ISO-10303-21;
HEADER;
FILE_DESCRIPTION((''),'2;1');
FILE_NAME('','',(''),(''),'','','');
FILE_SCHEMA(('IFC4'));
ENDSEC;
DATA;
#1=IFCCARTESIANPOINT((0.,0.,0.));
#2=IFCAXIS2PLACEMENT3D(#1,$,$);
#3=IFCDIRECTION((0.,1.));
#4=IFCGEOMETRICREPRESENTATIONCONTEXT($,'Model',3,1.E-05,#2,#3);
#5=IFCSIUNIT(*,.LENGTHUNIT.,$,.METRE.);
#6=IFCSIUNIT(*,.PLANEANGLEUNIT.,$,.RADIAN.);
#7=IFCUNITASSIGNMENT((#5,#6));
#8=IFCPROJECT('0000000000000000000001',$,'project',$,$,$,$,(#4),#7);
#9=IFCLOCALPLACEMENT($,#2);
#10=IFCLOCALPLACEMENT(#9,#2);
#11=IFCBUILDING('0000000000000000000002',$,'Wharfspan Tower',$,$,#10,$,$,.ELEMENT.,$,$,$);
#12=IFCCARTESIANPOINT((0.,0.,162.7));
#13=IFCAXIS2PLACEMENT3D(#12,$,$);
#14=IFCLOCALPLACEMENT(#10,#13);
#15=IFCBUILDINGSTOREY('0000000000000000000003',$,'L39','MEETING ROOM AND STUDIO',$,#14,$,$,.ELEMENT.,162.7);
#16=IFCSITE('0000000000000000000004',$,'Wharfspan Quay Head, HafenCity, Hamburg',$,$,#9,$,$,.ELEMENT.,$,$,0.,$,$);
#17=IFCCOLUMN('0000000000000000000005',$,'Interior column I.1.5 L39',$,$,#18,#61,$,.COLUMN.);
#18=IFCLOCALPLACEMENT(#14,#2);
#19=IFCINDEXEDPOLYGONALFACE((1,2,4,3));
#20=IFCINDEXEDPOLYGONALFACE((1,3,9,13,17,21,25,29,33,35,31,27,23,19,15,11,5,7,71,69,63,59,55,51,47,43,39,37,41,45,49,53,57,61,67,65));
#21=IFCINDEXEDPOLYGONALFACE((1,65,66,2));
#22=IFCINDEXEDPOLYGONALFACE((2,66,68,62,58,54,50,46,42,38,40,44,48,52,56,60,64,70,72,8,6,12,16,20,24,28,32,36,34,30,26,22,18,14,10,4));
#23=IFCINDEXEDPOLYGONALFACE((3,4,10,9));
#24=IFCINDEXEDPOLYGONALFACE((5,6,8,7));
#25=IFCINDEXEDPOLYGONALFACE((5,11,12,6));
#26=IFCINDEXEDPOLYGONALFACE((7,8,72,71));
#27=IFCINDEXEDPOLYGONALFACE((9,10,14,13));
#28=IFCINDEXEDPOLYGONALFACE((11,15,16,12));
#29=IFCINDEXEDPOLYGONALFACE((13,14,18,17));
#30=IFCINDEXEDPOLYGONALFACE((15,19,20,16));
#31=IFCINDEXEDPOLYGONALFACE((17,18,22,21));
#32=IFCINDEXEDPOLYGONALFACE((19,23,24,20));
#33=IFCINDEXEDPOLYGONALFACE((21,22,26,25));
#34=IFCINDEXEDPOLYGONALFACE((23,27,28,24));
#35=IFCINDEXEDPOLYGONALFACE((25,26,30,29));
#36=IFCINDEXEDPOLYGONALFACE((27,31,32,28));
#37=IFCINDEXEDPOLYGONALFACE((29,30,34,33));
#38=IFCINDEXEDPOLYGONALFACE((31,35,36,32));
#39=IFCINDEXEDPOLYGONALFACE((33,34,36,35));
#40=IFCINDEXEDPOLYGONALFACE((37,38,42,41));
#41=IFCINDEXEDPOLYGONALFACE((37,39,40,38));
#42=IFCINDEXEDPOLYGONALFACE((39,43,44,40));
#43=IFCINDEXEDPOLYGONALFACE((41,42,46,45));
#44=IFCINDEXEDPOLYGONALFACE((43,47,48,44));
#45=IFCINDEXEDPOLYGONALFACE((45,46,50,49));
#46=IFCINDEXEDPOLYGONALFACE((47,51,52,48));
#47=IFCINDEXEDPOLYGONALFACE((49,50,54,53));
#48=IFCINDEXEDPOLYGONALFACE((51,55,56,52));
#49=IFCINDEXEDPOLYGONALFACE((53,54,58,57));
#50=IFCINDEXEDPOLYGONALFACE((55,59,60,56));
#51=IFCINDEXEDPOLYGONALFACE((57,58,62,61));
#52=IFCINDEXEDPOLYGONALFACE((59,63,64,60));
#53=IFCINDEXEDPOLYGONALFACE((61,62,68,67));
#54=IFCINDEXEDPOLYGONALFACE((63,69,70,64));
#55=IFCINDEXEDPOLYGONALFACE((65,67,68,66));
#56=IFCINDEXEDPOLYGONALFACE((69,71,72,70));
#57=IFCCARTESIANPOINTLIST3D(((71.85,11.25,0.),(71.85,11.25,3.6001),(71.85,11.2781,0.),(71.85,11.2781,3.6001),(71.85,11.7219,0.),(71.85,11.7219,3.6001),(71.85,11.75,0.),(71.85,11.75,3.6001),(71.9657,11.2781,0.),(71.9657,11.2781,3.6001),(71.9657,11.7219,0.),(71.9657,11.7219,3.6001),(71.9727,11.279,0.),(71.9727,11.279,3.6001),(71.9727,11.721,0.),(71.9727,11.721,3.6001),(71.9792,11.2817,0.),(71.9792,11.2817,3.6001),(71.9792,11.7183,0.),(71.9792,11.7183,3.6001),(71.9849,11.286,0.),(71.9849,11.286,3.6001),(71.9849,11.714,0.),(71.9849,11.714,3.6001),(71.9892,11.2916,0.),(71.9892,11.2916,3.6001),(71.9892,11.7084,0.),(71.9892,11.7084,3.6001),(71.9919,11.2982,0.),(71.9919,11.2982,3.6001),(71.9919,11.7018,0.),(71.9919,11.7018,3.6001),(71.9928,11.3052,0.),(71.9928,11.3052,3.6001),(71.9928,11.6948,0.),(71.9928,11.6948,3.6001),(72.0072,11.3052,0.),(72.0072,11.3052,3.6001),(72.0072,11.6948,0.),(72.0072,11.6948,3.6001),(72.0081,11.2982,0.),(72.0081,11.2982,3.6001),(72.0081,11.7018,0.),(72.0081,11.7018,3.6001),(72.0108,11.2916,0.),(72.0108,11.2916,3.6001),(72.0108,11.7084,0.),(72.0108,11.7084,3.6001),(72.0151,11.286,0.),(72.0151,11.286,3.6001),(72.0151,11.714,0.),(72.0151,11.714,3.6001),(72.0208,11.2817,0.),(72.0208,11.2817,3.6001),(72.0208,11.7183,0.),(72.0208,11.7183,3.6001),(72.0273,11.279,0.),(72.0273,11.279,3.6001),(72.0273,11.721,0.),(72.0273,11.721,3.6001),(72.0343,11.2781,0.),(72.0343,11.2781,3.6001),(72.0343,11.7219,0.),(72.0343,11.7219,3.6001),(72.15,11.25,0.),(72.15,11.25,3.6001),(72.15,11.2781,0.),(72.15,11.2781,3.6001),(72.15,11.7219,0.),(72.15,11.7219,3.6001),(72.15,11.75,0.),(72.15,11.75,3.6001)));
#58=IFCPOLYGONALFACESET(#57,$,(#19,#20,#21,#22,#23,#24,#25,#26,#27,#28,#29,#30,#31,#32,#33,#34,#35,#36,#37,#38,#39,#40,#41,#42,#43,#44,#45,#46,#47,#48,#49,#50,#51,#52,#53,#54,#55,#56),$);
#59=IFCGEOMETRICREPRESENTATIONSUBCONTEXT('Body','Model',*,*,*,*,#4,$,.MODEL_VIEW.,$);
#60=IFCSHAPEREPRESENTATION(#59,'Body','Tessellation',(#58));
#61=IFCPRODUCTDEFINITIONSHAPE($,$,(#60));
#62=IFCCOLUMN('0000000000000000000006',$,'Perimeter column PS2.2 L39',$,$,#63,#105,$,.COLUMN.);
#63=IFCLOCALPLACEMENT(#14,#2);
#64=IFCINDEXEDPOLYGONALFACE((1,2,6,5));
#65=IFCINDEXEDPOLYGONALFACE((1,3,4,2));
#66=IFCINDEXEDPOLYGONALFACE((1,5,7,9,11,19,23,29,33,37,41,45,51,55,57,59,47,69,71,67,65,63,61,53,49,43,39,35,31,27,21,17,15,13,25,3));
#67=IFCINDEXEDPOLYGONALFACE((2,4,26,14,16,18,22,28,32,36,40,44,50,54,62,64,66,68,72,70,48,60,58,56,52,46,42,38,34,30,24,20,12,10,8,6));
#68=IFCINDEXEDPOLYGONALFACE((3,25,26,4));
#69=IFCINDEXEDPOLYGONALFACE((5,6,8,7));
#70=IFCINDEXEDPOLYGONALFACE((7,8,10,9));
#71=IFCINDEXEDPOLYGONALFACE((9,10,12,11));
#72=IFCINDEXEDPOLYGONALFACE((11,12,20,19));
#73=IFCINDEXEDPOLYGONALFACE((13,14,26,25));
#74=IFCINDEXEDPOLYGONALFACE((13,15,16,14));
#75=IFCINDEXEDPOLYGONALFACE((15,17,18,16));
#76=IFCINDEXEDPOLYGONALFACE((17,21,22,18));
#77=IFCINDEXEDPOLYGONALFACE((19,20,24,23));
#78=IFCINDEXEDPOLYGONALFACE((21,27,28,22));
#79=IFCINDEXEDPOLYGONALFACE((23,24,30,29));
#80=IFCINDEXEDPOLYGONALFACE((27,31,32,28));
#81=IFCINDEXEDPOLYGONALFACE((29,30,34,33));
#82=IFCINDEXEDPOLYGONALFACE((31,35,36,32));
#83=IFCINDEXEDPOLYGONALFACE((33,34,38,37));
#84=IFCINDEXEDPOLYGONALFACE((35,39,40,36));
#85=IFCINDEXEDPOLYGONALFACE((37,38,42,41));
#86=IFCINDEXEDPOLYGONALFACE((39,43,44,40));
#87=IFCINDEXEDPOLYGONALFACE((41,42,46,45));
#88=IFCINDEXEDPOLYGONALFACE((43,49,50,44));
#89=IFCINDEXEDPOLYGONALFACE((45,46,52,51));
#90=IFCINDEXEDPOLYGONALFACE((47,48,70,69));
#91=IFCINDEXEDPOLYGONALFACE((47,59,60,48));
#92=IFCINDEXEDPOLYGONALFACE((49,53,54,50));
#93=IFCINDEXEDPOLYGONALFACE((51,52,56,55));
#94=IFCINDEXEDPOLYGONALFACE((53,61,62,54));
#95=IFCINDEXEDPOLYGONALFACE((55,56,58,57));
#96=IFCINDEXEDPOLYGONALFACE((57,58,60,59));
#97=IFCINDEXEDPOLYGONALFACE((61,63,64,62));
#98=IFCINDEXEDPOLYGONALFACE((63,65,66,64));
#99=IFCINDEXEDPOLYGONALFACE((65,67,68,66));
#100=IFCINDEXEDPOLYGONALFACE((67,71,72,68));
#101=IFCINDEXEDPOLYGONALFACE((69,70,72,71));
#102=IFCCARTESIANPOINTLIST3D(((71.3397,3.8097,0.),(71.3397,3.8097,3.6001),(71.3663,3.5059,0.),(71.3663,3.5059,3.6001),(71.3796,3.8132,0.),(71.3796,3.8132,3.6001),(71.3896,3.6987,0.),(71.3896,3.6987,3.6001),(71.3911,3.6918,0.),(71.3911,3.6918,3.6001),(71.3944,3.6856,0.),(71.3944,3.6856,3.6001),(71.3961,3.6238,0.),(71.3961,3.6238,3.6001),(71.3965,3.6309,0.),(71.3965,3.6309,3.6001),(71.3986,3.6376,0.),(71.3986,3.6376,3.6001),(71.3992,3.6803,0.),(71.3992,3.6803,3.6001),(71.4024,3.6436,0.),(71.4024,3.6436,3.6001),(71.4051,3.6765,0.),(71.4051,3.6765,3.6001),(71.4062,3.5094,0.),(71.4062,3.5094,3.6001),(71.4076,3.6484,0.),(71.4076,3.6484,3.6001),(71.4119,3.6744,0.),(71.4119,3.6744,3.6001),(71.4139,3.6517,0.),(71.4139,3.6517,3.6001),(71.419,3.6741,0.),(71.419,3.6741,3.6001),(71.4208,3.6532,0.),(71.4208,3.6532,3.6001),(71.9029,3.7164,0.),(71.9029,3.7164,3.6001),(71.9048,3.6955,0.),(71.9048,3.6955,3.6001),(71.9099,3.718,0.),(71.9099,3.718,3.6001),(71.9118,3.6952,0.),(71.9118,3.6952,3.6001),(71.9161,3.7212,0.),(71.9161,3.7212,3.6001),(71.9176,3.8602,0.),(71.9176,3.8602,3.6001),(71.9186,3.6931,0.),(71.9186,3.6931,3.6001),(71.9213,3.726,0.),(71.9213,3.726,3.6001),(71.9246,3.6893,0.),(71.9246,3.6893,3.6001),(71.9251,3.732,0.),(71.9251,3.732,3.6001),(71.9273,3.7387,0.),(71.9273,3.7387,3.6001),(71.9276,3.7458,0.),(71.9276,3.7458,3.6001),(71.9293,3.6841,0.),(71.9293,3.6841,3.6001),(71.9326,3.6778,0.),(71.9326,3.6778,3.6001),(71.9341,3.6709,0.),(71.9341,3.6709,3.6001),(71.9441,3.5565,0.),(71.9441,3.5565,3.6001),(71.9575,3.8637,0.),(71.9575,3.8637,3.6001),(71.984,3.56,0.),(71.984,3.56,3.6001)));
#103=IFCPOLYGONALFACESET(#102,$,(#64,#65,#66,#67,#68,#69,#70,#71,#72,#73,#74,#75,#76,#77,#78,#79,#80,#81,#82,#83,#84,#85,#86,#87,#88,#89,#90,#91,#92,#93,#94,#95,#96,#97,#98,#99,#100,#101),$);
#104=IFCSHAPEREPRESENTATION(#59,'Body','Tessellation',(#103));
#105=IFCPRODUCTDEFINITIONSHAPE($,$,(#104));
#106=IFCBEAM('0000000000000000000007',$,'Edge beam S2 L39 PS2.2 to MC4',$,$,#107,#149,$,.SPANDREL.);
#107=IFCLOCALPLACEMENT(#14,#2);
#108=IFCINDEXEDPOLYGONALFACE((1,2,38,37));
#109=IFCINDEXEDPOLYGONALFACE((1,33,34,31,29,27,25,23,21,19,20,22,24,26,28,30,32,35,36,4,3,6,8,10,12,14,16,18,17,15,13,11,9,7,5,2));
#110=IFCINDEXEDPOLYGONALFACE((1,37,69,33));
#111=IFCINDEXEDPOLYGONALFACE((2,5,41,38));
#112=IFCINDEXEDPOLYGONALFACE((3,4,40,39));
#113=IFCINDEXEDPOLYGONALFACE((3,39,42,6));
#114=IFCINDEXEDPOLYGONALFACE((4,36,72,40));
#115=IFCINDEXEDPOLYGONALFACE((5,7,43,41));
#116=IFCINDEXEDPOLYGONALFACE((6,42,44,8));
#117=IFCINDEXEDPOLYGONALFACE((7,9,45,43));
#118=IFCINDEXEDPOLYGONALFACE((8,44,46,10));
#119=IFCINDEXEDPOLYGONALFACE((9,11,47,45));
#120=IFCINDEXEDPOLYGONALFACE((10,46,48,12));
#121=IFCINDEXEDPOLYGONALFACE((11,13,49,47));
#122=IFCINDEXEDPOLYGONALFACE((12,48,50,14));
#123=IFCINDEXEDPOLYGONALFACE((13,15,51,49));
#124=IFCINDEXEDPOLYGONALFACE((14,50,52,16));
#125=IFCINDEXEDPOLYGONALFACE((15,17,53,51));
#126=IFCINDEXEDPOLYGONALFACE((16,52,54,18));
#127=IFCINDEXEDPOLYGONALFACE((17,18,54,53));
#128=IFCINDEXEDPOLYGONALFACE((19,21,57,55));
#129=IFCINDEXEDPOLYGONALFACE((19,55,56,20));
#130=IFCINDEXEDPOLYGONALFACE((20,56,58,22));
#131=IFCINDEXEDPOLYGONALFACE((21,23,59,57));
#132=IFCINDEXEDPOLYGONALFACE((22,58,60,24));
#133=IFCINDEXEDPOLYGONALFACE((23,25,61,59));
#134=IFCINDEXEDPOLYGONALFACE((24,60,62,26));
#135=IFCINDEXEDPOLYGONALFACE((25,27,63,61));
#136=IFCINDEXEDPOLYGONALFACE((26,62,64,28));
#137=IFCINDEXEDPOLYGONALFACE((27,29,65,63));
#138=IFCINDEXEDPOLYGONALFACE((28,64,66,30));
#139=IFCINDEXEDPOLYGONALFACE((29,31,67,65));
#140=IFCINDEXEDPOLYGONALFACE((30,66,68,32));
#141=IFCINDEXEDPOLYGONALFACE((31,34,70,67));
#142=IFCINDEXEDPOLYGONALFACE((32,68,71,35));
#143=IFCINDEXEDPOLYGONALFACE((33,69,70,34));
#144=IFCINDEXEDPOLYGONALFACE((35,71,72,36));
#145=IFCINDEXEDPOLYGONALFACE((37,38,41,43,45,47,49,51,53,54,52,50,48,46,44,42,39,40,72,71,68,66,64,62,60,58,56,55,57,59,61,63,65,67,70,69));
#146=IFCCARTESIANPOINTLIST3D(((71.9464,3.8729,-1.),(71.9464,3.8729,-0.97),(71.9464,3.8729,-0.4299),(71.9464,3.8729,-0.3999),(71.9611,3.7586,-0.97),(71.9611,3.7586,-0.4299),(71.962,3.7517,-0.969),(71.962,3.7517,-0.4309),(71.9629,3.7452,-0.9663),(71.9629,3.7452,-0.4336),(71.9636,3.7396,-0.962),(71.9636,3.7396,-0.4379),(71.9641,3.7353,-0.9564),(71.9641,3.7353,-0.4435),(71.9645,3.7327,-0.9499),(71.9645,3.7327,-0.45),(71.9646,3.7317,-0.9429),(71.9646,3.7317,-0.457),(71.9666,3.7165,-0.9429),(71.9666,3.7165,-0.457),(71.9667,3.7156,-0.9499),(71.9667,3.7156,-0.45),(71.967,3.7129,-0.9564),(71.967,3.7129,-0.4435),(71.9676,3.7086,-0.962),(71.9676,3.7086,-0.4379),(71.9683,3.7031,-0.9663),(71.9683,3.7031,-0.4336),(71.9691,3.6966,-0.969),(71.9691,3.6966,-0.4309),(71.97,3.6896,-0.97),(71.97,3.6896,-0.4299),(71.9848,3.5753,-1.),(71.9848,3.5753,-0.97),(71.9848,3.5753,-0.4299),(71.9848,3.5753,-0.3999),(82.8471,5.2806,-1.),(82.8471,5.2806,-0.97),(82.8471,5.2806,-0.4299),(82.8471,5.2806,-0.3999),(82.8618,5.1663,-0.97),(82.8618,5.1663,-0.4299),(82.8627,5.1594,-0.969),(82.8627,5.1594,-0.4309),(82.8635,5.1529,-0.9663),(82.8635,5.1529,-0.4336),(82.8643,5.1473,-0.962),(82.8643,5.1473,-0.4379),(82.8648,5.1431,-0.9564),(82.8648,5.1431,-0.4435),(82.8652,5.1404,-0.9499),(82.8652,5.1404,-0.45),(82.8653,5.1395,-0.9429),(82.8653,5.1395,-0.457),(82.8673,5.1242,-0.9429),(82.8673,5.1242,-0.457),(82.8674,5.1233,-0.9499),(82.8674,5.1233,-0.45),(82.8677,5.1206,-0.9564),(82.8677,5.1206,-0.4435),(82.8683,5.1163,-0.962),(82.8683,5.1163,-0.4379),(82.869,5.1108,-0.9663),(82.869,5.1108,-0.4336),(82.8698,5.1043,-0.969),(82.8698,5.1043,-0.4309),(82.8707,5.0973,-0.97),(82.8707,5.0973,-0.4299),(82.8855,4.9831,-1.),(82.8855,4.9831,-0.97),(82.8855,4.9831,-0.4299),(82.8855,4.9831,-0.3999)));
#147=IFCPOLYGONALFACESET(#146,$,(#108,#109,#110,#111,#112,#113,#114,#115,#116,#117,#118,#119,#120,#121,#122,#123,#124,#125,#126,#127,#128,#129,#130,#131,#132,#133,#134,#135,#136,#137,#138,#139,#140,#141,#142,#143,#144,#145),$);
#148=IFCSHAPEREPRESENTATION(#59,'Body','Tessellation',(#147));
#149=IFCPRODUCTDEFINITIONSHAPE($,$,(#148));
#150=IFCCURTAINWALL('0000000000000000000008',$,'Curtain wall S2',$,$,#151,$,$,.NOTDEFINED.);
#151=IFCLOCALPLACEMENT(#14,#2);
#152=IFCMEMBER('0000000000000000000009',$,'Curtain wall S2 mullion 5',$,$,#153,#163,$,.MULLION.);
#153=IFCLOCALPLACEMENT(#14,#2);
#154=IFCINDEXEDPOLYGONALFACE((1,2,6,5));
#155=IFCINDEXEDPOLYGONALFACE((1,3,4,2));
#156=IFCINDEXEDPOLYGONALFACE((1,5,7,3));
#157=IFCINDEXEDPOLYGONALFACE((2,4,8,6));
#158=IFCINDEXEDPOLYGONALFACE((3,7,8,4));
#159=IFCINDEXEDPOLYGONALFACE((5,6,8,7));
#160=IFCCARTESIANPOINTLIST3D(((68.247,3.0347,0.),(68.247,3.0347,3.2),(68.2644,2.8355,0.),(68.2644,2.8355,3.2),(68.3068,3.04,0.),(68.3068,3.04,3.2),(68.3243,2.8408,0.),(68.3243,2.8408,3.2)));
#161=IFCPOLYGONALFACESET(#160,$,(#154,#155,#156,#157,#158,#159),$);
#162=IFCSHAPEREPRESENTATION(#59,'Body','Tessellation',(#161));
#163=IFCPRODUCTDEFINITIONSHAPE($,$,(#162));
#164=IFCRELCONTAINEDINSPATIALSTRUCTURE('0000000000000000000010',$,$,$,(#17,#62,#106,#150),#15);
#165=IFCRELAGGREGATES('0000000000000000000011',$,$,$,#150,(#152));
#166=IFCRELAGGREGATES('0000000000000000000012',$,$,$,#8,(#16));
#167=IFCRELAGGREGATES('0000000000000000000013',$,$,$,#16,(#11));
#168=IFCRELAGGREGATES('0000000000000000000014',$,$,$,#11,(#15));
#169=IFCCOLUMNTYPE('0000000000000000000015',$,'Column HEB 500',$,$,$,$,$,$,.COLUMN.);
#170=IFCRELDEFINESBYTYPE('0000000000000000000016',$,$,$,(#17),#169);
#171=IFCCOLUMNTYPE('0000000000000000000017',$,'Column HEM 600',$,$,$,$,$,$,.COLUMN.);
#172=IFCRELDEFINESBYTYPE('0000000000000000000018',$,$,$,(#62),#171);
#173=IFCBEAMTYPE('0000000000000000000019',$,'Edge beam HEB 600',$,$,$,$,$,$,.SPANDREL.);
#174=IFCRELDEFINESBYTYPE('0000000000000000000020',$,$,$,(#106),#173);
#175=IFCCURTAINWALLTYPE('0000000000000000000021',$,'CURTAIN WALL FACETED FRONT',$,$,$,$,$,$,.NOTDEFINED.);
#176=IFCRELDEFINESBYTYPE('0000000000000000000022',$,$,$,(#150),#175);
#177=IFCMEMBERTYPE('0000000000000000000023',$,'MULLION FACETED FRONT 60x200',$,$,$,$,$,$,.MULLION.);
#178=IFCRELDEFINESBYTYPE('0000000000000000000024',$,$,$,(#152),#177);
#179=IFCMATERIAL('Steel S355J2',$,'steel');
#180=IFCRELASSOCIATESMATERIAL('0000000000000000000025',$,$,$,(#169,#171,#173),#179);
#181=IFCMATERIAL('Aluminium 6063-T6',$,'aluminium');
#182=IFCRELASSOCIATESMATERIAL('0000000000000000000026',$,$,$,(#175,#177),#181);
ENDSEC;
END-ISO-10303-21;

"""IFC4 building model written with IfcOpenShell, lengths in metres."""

from ifc_helpers import new_model, si_unit, direction, frame, origin, origin_2d, place, context, subcontext, project, spatial, rectangle, i_section, extrude, material, material_profile, profile_set, type_object, element, aggregate, save


model = new_model("IFC4")

# Units and contexts
model_context = context("Model", 3, precision=1e-05, world=origin(), true_north=direction((0.0, 1.0)))
body_context = subcontext(model_context, "Body", "Model", "MODEL_VIEW")
ifc_project = project(units=[si_unit("LENGTHUNIT", "METRE"), si_unit("PLANEANGLEUNIT", "RADIAN")], contexts=[model_context])

# Site, building, storey
site_placement = place(None, origin())
site = spatial("IfcSite", under=ifc_project, at=site_placement, Name="Wharfspan Quay Head, HafenCity, Hamburg", CompositionType="ELEMENT", RefElevation=0.0)
building_placement = place(site_placement, origin())
building = spatial("IfcBuilding", under=site, at=building_placement, Name="Wharfspan Tower", CompositionType="ELEMENT")
storey_placement = place(building_placement, frame((0.0, 0.0, 162.7)))
storey = spatial("IfcBuildingStorey", under=building, at=storey_placement, Name="L39", Description="MEETING ROOM AND STUDIO", CompositionType="ELEMENT", Elevation=162.7)

# Columns
ifc_material_1 = material(Name="Steel S355J2", Category="steel")
ifc_material_profile_1 = material_profile(ifc_material_1, i_section(OverallWidth=0.3, OverallDepth=0.5, WebThickness=0.0144, FlangeThickness=0.0281, FilletRadius=0.0271, at=origin_2d()))
ifc_profile_set_1 = profile_set([ifc_material_profile_1], Name="Steel S355J2")
column_type_1 = type_object("IfcColumnType", Name="Column HEB 500", PredefinedType="COLUMN", material=ifc_profile_set_1)
column_1_placement = place(storey_placement, frame((72.0, 11.5, 0.0), z_axis=(0.0, 0.0, 1.0), x_axis=(1.0, 0.0, 0.0)))
element("IfcColumn", 1, at=column_1_placement, inside=storey, type_object=column_type_1, Name="Interior column I.1.5 L39", PredefinedType="COLUMN", context=body_context, shape_type="SweptSolid", body=[
    extrude(i_section(OverallWidth=0.3, OverallDepth=0.5, WebThickness=0.0144, FlangeThickness=0.0281, FilletRadius=0.0271, at=origin_2d()), origin(), (0.0, 0.0, 1.0), 3.6001),
])
ifc_material_profile_2 = material_profile(ifc_material_1, i_section(OverallWidth=0.3049, OverallDepth=0.6201, WebThickness=0.021, FlangeThickness=0.04, FilletRadius=0.0271, at=origin_2d()))
ifc_profile_set_2 = profile_set([ifc_material_profile_2], Name="Steel S355J2")
column_type_2 = type_object("IfcColumnType", Name="Column HEM 600", PredefinedType="COLUMN", material=ifc_profile_set_2)
column_2_placement = place(storey_placement, frame((71.6619, 3.6848, 0.0), z_axis=(0.0, 0.0, 1.0), x_axis=(0.087156, -0.996198, 0.0)))
element("IfcColumn", 2, at=column_2_placement, inside=storey, type_object=column_type_2, Name="Perimeter column PS2.2 L39", PredefinedType="COLUMN", context=body_context, shape_type="SweptSolid", body=[
    extrude(i_section(OverallWidth=0.3049, OverallDepth=0.6201, WebThickness=0.021, FlangeThickness=0.04, FilletRadius=0.0271, at=origin_2d()), origin(), (0.0, 0.0, 1.0), 3.6001),
])

# Beam
ifc_material_profile_3 = material_profile(ifc_material_1, i_section(OverallWidth=0.3, OverallDepth=0.6001, WebThickness=0.0154, FlangeThickness=0.03, FilletRadius=0.0271, at=origin_2d()))
ifc_profile_set_3 = profile_set([ifc_material_profile_3], Name="Steel S355J2")
beam_type = type_object("IfcBeamType", Name="Edge beam HEB 600", PredefinedType="SPANDREL", material=ifc_profile_set_3)
beam_placement = place(storey_placement, frame((71.9656, 3.7241, -0.7), z_axis=(0.991764, 0.128077, 0.0), x_axis=(-0.128077, 0.991764, 0.0)))
element("IfcBeam", 3, at=beam_placement, inside=storey, type_object=beam_type, Name="Edge beam S2 L39 PS2.2 to MC4", PredefinedType="SPANDREL", context=body_context, shape_type="SweptSolid", body=[
    extrude(i_section(OverallWidth=0.3, OverallDepth=0.6001, WebThickness=0.0154, FlangeThickness=0.03, FilletRadius=0.0271, at=origin_2d()), origin(), (0.0, 0.0, 1.0), 10.9912),
])

# Curtain wall, member
ifc_material_2 = material(Name="Aluminium 6063-T6", Category="aluminium")
curtain_wall_type = type_object("IfcCurtainWallType", Name="CURTAIN WALL FACETED FRONT", PredefinedType="NOTDEFINED", material=ifc_material_2)
curtain_wall_placement = place(storey_placement, origin())
curtain_wall = element("IfcCurtainWall", 4, at=curtain_wall_placement, inside=storey, type_object=curtain_wall_type, Name="Curtain wall S2", PredefinedType="NOTDEFINED")
ifc_material_profile_4 = material_profile(ifc_material_2, rectangle(XDim=0.2, YDim=0.0601, at=origin_2d()))
ifc_profile_set_4 = profile_set([ifc_material_profile_4], Name="Aluminium 6063-T6")
member_type_1 = type_object("IfcMemberType", Name="MULLION FACETED FRONT 60x200", PredefinedType="MULLION", material=ifc_profile_set_4)
member_1_placement = place(storey_placement, frame((68.2856, 2.9377, 0.0), z_axis=(0.0, 0.0, 1.0), x_axis=(-0.087156, 0.996198, 0.0)))
member_1 = element("IfcMember", 5, at=member_1_placement, type_object=member_type_1, Name="Curtain wall S2 mullion 5", PredefinedType="MULLION", context=body_context, shape_type="SweptSolid", body=[
    extrude(rectangle(XDim=0.2, YDim=0.0601, at=origin_2d()), origin(), (0.0, 0.0, 1.0), 3.2),
])

aggregate(curtain_wall, [member_1])

save(model, "model.ifc")
